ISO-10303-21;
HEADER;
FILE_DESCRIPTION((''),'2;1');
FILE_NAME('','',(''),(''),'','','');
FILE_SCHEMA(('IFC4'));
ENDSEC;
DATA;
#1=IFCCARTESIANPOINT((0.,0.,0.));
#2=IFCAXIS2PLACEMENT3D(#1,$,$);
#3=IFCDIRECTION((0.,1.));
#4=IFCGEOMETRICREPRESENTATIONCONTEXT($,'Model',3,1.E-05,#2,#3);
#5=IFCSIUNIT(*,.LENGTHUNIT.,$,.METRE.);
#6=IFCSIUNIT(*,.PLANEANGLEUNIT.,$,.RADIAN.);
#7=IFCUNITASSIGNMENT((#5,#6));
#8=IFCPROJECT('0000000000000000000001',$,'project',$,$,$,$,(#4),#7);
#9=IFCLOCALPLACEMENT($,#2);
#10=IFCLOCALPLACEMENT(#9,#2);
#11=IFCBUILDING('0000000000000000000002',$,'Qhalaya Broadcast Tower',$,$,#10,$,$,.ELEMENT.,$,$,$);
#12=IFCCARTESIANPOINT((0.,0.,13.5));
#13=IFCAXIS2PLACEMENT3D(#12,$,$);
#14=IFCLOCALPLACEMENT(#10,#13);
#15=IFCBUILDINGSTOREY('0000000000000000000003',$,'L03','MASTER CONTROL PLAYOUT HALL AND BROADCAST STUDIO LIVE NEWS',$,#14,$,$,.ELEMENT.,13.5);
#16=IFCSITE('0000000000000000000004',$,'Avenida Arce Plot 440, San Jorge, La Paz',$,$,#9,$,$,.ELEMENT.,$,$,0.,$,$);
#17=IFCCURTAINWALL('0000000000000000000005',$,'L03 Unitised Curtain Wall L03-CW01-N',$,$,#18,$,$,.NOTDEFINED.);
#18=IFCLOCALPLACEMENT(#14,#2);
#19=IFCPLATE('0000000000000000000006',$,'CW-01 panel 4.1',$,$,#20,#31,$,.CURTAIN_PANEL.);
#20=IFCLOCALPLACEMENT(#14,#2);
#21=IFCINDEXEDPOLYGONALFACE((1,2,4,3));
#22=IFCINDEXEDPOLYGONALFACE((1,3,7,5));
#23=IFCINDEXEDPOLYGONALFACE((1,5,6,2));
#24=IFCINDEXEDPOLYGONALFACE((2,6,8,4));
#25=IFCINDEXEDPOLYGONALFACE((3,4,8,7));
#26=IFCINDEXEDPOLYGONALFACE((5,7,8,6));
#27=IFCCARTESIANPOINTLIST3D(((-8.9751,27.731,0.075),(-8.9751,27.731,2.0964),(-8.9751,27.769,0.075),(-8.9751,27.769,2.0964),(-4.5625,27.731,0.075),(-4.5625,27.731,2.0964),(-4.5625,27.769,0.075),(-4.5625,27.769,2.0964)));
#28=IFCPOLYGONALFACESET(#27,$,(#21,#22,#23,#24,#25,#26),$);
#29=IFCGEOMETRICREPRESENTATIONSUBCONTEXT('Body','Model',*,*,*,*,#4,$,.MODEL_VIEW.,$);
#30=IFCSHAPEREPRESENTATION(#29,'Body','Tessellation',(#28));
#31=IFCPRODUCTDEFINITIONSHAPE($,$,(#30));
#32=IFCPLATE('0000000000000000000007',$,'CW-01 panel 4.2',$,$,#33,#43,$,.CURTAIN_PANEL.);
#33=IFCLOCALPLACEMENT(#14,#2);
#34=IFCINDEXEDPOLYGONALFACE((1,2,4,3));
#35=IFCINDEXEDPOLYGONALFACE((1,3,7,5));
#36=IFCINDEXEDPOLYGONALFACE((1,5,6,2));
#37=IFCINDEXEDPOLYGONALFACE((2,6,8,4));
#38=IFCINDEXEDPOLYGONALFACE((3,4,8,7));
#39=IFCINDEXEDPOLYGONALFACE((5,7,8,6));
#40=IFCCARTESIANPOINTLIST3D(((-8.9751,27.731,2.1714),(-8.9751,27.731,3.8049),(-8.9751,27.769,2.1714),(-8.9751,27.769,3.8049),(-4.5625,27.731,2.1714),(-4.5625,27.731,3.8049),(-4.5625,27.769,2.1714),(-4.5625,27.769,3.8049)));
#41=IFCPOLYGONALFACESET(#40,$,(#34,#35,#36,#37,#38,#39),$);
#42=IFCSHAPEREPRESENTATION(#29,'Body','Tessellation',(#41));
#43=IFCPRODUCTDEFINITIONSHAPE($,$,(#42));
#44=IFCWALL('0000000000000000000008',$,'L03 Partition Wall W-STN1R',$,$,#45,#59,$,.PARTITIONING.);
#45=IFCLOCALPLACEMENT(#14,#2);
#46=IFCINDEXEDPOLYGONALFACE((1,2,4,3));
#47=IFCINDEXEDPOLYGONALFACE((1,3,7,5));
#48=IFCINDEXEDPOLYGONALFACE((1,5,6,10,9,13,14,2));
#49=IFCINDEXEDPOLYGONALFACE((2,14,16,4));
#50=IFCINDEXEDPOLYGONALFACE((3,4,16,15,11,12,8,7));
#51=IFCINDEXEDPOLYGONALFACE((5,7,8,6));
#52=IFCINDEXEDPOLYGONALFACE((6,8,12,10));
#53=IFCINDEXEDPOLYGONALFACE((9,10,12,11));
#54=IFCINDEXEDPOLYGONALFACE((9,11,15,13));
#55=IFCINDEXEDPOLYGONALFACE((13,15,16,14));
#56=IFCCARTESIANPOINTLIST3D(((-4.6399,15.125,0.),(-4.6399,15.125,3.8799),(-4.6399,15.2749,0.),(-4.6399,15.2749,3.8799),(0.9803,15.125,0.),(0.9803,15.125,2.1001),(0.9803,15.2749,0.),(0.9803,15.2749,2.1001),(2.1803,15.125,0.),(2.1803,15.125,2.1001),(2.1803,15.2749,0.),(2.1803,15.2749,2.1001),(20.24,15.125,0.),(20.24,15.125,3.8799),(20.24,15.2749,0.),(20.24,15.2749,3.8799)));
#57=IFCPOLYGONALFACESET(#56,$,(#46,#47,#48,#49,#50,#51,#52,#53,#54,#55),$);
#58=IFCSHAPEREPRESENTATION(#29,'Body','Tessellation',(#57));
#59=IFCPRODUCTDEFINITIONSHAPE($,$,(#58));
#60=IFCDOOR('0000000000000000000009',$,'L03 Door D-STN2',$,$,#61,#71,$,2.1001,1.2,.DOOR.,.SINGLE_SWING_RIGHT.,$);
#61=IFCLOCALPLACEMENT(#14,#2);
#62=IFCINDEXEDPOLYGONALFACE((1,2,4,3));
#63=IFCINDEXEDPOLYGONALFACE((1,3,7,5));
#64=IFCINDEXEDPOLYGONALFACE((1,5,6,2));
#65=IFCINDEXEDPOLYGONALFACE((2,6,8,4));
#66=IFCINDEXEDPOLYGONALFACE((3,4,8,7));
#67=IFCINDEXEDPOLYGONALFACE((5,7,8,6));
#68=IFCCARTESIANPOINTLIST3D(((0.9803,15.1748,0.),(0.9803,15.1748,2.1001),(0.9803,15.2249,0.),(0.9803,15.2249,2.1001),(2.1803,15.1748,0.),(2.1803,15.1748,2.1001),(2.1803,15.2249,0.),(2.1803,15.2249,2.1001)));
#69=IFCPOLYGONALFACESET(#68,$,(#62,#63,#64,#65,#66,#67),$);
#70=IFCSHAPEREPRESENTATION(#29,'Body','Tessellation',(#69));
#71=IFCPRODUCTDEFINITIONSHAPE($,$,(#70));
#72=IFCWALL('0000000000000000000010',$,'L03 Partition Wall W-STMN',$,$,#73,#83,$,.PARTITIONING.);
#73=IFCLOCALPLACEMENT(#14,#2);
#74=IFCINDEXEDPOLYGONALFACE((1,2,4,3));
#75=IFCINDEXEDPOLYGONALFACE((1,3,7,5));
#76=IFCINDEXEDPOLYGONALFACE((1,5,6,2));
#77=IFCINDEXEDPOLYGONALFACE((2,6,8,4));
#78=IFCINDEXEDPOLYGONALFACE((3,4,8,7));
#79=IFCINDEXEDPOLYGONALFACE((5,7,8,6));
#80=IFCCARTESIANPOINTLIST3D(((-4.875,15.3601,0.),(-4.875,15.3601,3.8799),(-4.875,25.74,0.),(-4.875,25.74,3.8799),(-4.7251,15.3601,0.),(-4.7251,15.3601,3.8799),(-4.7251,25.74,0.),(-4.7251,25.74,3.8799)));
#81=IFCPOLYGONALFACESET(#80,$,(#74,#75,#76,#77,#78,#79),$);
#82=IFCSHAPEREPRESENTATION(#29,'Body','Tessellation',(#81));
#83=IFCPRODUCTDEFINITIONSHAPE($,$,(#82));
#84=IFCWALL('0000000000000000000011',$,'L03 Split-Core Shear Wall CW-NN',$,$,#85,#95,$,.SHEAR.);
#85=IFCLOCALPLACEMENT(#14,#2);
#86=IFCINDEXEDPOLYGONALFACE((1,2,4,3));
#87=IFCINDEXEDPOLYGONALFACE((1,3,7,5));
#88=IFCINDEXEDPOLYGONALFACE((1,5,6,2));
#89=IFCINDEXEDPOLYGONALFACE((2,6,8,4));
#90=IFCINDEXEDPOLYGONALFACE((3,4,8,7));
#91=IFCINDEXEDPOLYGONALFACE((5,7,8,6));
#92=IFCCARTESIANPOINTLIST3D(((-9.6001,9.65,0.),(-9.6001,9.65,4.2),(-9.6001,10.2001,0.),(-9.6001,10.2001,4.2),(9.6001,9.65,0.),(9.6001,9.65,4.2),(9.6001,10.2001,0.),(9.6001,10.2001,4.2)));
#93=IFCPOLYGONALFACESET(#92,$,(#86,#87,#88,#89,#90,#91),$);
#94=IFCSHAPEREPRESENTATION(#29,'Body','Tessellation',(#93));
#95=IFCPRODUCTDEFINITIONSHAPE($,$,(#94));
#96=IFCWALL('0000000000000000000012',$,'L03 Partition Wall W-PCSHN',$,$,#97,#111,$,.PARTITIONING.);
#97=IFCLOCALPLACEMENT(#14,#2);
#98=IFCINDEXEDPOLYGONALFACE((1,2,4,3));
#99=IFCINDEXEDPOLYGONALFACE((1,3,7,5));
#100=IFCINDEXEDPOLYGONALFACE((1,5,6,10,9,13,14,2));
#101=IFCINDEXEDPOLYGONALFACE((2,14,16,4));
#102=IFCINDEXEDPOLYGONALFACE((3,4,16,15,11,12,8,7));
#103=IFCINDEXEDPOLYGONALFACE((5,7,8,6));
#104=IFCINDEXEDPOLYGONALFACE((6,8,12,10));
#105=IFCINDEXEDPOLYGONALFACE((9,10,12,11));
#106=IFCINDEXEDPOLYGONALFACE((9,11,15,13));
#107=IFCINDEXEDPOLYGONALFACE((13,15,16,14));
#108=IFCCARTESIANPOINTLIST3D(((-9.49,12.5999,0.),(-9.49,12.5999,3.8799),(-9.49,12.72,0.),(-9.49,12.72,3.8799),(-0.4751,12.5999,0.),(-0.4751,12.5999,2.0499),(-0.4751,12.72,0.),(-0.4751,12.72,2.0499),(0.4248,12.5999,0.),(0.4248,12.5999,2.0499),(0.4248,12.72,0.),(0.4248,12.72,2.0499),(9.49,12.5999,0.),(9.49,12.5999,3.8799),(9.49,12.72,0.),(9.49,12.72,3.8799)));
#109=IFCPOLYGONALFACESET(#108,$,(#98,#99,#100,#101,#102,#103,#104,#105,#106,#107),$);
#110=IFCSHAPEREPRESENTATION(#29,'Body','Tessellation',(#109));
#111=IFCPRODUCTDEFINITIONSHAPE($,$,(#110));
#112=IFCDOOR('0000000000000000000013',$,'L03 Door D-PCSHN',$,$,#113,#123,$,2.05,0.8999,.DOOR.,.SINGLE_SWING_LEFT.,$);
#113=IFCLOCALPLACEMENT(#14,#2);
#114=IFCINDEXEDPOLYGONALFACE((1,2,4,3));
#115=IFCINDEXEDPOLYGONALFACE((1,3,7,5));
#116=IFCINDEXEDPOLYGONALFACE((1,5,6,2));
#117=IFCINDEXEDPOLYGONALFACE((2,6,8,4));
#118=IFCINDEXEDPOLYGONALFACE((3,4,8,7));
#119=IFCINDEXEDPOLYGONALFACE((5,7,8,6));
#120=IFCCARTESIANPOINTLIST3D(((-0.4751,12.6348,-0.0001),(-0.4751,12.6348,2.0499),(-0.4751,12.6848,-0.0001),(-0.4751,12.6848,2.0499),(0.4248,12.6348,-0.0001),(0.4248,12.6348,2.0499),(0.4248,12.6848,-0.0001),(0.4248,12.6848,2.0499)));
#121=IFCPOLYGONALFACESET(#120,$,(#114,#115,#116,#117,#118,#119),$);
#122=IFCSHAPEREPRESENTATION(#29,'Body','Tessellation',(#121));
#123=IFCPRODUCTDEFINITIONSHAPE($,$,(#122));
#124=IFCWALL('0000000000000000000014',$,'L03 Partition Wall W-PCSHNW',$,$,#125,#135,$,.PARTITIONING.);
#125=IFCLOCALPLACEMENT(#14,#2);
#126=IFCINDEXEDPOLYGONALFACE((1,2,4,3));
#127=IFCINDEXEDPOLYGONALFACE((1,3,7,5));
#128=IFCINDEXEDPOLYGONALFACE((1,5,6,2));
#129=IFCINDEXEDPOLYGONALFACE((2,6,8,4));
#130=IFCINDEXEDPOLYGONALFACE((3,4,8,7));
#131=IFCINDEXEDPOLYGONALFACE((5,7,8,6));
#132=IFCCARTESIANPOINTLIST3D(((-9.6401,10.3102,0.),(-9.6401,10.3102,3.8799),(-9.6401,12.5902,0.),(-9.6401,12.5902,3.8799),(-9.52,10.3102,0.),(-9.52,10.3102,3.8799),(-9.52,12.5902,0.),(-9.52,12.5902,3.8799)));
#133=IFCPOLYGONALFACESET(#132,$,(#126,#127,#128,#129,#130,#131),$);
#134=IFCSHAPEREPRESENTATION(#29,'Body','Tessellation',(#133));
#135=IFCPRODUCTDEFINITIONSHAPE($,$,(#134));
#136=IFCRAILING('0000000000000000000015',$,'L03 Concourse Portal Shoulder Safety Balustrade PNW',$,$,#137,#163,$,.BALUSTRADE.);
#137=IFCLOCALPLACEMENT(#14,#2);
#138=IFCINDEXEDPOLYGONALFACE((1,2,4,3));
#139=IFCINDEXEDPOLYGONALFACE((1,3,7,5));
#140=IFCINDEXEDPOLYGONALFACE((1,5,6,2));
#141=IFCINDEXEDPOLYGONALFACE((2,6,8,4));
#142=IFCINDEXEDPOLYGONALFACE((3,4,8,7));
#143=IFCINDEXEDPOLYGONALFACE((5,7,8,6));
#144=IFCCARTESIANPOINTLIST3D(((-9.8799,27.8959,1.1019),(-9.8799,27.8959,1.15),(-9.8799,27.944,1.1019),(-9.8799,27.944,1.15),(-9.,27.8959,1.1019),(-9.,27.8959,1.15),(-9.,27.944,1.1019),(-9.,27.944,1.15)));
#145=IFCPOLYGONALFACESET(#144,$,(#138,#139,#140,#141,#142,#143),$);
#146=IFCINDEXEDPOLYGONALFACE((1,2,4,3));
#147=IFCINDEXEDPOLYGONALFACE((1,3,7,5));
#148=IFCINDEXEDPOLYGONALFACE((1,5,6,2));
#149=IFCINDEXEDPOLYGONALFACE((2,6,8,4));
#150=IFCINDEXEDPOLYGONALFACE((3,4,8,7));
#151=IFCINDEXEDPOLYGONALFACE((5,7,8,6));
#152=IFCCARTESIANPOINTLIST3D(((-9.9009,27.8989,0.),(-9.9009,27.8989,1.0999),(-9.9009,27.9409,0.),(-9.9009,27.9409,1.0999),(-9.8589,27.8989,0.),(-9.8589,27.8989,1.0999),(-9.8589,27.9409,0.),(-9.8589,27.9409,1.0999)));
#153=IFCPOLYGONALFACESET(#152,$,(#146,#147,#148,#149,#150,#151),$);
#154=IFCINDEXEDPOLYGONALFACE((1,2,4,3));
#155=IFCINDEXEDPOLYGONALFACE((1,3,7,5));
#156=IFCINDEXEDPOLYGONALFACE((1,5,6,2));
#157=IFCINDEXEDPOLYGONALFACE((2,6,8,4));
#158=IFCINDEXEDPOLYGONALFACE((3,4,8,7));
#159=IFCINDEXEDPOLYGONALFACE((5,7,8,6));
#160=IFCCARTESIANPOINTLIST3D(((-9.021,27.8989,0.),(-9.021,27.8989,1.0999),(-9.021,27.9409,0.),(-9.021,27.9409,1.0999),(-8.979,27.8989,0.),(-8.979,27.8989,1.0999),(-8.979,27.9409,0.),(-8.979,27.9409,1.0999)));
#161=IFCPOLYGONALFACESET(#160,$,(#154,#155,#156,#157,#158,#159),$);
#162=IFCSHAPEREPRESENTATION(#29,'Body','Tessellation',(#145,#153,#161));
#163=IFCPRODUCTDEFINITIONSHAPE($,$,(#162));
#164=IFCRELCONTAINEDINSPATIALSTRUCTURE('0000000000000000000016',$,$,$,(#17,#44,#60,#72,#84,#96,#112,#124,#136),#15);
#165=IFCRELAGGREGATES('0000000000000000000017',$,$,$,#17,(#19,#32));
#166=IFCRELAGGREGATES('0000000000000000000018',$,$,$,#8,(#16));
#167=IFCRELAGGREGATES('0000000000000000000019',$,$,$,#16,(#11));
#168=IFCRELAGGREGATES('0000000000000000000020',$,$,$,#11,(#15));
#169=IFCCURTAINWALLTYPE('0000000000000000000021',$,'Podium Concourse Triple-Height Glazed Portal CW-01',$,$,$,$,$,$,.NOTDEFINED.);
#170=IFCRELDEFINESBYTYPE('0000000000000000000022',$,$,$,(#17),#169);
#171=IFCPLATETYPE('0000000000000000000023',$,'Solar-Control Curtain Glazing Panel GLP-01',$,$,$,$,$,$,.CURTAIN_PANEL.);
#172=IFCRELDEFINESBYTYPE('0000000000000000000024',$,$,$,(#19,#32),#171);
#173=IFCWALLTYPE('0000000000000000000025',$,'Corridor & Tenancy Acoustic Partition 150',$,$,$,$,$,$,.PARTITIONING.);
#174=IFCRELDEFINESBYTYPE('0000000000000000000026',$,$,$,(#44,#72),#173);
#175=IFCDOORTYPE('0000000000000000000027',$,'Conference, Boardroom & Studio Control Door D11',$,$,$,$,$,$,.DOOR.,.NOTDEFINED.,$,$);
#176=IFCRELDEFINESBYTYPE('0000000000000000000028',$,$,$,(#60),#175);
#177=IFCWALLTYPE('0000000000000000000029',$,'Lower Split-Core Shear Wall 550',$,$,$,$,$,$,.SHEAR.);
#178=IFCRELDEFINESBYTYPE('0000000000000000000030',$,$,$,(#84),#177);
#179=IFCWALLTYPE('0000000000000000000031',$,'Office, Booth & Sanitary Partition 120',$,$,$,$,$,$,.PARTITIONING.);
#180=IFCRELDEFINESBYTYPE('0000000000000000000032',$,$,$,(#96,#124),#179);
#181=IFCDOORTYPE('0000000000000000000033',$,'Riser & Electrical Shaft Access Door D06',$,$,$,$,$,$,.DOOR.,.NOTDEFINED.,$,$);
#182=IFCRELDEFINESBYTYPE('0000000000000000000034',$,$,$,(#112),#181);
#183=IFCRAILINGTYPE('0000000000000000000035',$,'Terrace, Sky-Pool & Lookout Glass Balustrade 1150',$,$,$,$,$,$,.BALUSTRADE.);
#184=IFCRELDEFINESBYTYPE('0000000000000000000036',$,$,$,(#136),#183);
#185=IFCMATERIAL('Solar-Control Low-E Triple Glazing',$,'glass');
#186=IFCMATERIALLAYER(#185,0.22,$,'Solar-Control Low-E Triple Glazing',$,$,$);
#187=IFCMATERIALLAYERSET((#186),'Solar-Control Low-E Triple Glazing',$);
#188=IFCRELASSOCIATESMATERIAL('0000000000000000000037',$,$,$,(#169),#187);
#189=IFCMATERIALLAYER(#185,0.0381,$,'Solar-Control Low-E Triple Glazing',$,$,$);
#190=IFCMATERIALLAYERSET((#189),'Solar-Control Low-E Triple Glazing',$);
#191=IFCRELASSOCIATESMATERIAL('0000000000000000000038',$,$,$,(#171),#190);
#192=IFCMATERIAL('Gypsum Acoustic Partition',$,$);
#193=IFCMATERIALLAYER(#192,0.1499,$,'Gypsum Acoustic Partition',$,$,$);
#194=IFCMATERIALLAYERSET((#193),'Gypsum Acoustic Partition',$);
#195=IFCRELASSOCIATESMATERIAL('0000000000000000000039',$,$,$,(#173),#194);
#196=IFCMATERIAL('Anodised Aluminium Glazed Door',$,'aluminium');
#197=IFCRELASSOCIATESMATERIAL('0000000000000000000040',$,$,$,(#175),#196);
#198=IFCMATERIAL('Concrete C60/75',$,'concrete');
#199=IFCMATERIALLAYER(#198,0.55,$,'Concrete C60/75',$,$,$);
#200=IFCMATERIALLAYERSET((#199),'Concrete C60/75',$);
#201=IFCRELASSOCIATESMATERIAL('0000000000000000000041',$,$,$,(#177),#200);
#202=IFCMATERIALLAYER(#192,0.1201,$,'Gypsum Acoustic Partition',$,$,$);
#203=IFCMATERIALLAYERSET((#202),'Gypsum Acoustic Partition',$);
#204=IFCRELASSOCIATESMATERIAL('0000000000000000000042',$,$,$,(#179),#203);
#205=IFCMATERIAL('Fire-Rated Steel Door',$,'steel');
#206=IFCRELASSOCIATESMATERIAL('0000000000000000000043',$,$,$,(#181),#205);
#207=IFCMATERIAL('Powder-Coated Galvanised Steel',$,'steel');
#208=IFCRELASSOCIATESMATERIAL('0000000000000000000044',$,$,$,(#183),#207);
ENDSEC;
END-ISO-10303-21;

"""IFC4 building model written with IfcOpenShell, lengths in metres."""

from ifc_helpers import new_model, si_unit, direction, frame, frame_2d, origin, origin_2d, place, context, subcontext, project, spatial, rectangle, extrude, material, layer, layer_set, type_object, element, fill, aggregate, save


model = new_model("IFC4")

# Units and contexts
model_context = context("Model", 3, precision=1e-05, world=origin(), true_north=direction((0.0, 1.0)))
body_context = subcontext(model_context, "Body", "Model", "MODEL_VIEW")
ifc_project = project(units=[si_unit("LENGTHUNIT", "METRE"), si_unit("PLANEANGLEUNIT", "RADIAN")], contexts=[model_context])

# Site, building, storey
site_placement = place(None, origin())
site = spatial("IfcSite", under=ifc_project, at=site_placement, Name="Avenida Arce Plot 440, San Jorge, La Paz", CompositionType="ELEMENT", RefElevation=0.0)
building_placement = place(site_placement, origin())
building = spatial("IfcBuilding", under=site, at=building_placement, Name="Qhalaya Broadcast Tower", CompositionType="ELEMENT")
storey_placement = place(building_placement, frame((0.0, 0.0, 13.5)))
storey = spatial("IfcBuildingStorey", under=building, at=storey_placement, Name="L03", Description="MASTER CONTROL PLAYOUT HALL AND BROADCAST STUDIO LIVE NEWS", CompositionType="ELEMENT", Elevation=13.5)

# Shared definitions
ifc_material_1 = material(Name="Concrete C60/75", Category="concrete")

# Curtain wall, plates
ifc_material_2 = material(Name="Solar-Control Low-E Triple Glazing", Category="glass")
ifc_layer_1 = layer(ifc_material_2, 0.22, Name="Solar-Control Low-E Triple Glazing")
ifc_layer_set_1 = layer_set([ifc_layer_1], Name="Solar-Control Low-E Triple Glazing")
curtain_wall_type = type_object("IfcCurtainWallType", Name="Podium Concourse Triple-Height Glazed Portal CW-01", PredefinedType="NOTDEFINED", material=ifc_layer_set_1)
curtain_wall_placement = place(storey_placement, origin())
curtain_wall = element("IfcCurtainWall", 1, at=curtain_wall_placement, inside=storey, type_object=curtain_wall_type, Name="L03 Unitised Curtain Wall L03-CW01-N", PredefinedType="NOTDEFINED")
ifc_layer_2 = layer(ifc_material_2, 0.0381, Name="Solar-Control Low-E Triple Glazing")
ifc_layer_set_2 = layer_set([ifc_layer_2], Name="Solar-Control Low-E Triple Glazing")
plate_type = type_object("IfcPlateType", Name="Solar-Control Curtain Glazing Panel GLP-01", PredefinedType="CURTAIN_PANEL", material=ifc_layer_set_2)
plate_1_placement = place(storey_placement, frame((-6.7688, 27.75, 0.075), z_axis=(0.0, 0.0, 1.0), x_axis=(-1.0, 0.0, 0.0)))
plate_1 = element("IfcPlate", 2, at=plate_1_placement, type_object=plate_type, Name="CW-01 panel 4.1", PredefinedType="CURTAIN_PANEL", context=body_context, shape_type="SweptSolid", body=[
    extrude(rectangle(XDim=4.4126, YDim=0.0381, at=origin_2d()), origin(), (0.0, 0.0, 1.0), 2.0215),
])
plate_2_placement = place(storey_placement, frame((-6.7688, 27.75, 2.1714), z_axis=(0.0, 0.0, 1.0), x_axis=(-1.0, 0.0, 0.0)))
plate_2 = element("IfcPlate", 3, at=plate_2_placement, type_object=plate_type, Name="CW-01 panel 4.2", PredefinedType="CURTAIN_PANEL", context=body_context, shape_type="SweptSolid", body=[
    extrude(rectangle(XDim=4.4126, YDim=0.0381, at=origin_2d()), origin(), (0.0, 0.0, 1.0), 1.6335),
])
aggregate(curtain_wall, [plate_1, plate_2])

# Wall, opening, door
ifc_material_3 = material(Name="Gypsum Acoustic Partition")
ifc_layer_3 = layer(ifc_material_3, 0.1499, Name="Gypsum Acoustic Partition")
ifc_layer_set_3 = layer_set([ifc_layer_3], Name="Gypsum Acoustic Partition")
wall_type_1 = type_object("IfcWallType", Name="Corridor & Tenancy Acoustic Partition 150", PredefinedType="PARTITIONING", material=ifc_layer_set_3)
wall_1_placement = place(storey_placement, frame((-4.6399, 15.2, 0.0), z_axis=(0.0, 0.0, 1.0), x_axis=(1.0, 0.0, 0.0)))
wall_1 = element("IfcWall", 4, at=wall_1_placement, inside=storey, type_object=wall_type_1, Name="L03 Partition Wall W-STN1R", PredefinedType="PARTITIONING", context=body_context, shape_type="SweptSolid", body=[
    extrude(rectangle(XDim=24.8799, YDim=0.1499, at=frame_2d((12.4399, 0.0))), origin(), (0.0, 0.0, 1.0), 3.8799),
])
opening_1_placement = place(wall_1_placement, frame((5.6201, 0.0, 0.0)))
opening_1 = element("IfcOpeningElement", 5, at=opening_1_placement, cuts=wall_1, PredefinedType="OPENING", context=body_context, shape_type="SweptSolid", body=[
    extrude(rectangle(XDim=1.2, YDim=2.1001, at=frame_2d((0.6001, 1.05))), frame((0.0, 0.0869, 0.0), z_axis=(0.0, -1.0, 0.0), x_axis=(1.0, 0.0, 0.0)), (0.0, 0.0, 1.0), 0.1738),
])
ifc_material_4 = material(Name="Anodised Aluminium Glazed Door", Category="aluminium")
door_type_1 = type_object("IfcDoorType", Name="Conference, Boardroom & Studio Control Door D11", OperationType="NOTDEFINED", PredefinedType="DOOR", material=ifc_material_4)
door_1_placement = place(opening_1_placement, origin())
door_1 = element("IfcDoor", 6, at=door_1_placement, inside=storey, type_object=door_type_1, Name="L03 Door D-STN2", OperationType="SINGLE_SWING_RIGHT", OverallHeight=2.1001, OverallWidth=1.2, PredefinedType="DOOR", context=body_context, shape_type="SweptSolid", body=[
    extrude(rectangle(XDim=1.2, YDim=2.1001, at=frame_2d((0.6001, 1.05))), frame((0.0, 0.0249, 0.0), z_axis=(0.0, -1.0, 0.0), x_axis=(1.0, 0.0, 0.0)), (0.0, 0.0, 1.0), 0.05),
])
fill(opening_1, door_1)

# Walls
wall_2_placement = place(storey_placement, frame((-4.8, 15.3601, 0.0), z_axis=(0.0, 0.0, 1.0), x_axis=(0.0, 1.0, 0.0)))
element("IfcWall", 7, at=wall_2_placement, inside=storey, type_object=wall_type_1, Name="L03 Partition Wall W-STMN", PredefinedType="PARTITIONING", context=body_context, shape_type="SweptSolid", body=[
    extrude(rectangle(XDim=10.3799, YDim=0.1499, at=frame_2d((5.1899, 0.0))), origin(), (0.0, 0.0, 1.0), 3.8799),
])
ifc_layer_4 = layer(ifc_material_1, 0.55, Name="Concrete C60/75")
ifc_layer_set_4 = layer_set([ifc_layer_4], Name="Concrete C60/75")
wall_type_2 = type_object("IfcWallType", Name="Lower Split-Core Shear Wall 550", PredefinedType="SHEAR", material=ifc_layer_set_4)
wall_3_placement = place(storey_placement, frame((-9.6001, 9.925, 0.0), z_axis=(0.0, 0.0, 1.0), x_axis=(1.0, 0.0, 0.0)))
element("IfcWall", 8, at=wall_3_placement, inside=storey, type_object=wall_type_2, Name="L03 Split-Core Shear Wall CW-NN", PredefinedType="SHEAR", context=body_context, shape_type="SweptSolid", body=[
    extrude(rectangle(XDim=19.2002, YDim=0.55, at=frame_2d((9.6001, 0.0))), origin(), (0.0, 0.0, 1.0), 4.2),
])

# Wall, opening, door
ifc_layer_5 = layer(ifc_material_3, 0.1201, Name="Gypsum Acoustic Partition")
ifc_layer_set_5 = layer_set([ifc_layer_5], Name="Gypsum Acoustic Partition")
wall_type_3 = type_object("IfcWallType", Name="Office, Booth & Sanitary Partition 120", PredefinedType="PARTITIONING", material=ifc_layer_set_5)
wall_4_placement = place(storey_placement, frame((-9.49, 12.6599, 0.0), z_axis=(0.0, 0.0, 1.0), x_axis=(1.0, 0.0, 0.0)))
wall_4 = element("IfcWall", 9, at=wall_4_placement, inside=storey, type_object=wall_type_3, Name="L03 Partition Wall W-PCSHN", PredefinedType="PARTITIONING", context=body_context, shape_type="SweptSolid", body=[
    extrude(rectangle(XDim=18.98, YDim=0.1201, at=frame_2d((9.49, 0.0))), origin(), (0.0, 0.0, 1.0), 3.8799),
])
opening_2_placement = place(wall_4_placement, frame((9.0149, 0.0, 0.0)))
opening_2 = element("IfcOpeningElement", 10, at=opening_2_placement, cuts=wall_4, PredefinedType="OPENING", context=body_context, shape_type="SweptSolid", body=[
    extrude(rectangle(XDim=0.8999, YDim=2.05, at=frame_2d((0.45, 1.0249))), frame((0.0, 0.072, 0.0), z_axis=(0.0, -1.0, 0.0), x_axis=(1.0, 0.0, 0.0)), (0.0, 0.0, 1.0), 0.144),
])
ifc_material_5 = material(Name="Fire-Rated Steel Door", Category="steel")
door_type_2 = type_object("IfcDoorType", Name="Riser & Electrical Shaft Access Door D06", OperationType="NOTDEFINED", PredefinedType="DOOR", material=ifc_material_5)
door_2_placement = place(opening_2_placement, origin())
door_2 = element("IfcDoor", 11, at=door_2_placement, inside=storey, type_object=door_type_2, Name="L03 Door D-PCSHN", OperationType="SINGLE_SWING_LEFT", OverallHeight=2.05, OverallWidth=0.8999, PredefinedType="DOOR", context=body_context, shape_type="SweptSolid", body=[
    extrude(rectangle(XDim=0.8999, YDim=2.05, at=frame_2d((0.45, 1.0249))), frame((0.0, 0.0249, 0.0), z_axis=(0.0, -1.0, 0.0), x_axis=(1.0, 0.0, 0.0)), (0.0, 0.0, 1.0), 0.05),
])
fill(opening_2, door_2)

# Wall
wall_5_placement = place(storey_placement, frame((-9.5801, 10.3101, 0.0), z_axis=(0.0, 0.0, 1.0), x_axis=(0.0, 1.0, 0.0)))
element("IfcWall", 12, at=wall_5_placement, inside=storey, type_object=wall_type_3, Name="L03 Partition Wall W-PCSHNW", PredefinedType="PARTITIONING", context=body_context, shape_type="SweptSolid", body=[
    extrude(rectangle(XDim=2.28, YDim=0.1201, at=frame_2d((1.1401, 0.0))), origin(), (0.0, 0.0, 1.0), 3.8799),
])

# Railing
ifc_material_6 = material(Name="Powder-Coated Galvanised Steel", Category="steel")
railing_type = type_object("IfcRailingType", Name="Terrace, Sky-Pool & Lookout Glass Balustrade 1150", PredefinedType="BALUSTRADE", material=ifc_material_6)
railing_placement = place(storey_placement, frame((-9.8799, 27.9199, 0.0)))
element("IfcRailing", 13, at=railing_placement, inside=storey, type_object=railing_type, Name="L03 Concourse Portal Shoulder Safety Balustrade PNW", PredefinedType="BALUSTRADE", context=body_context, shape_type="SweptSolid", body=[
    extrude(rectangle(XDim=0.0481, YDim=0.0481, at=origin_2d()), frame((0.0, 0.0, 1.126), z_axis=(1.0, 0.0, 0.0), x_axis=(0.0, 1.0, 0.0)), (0.0, 0.0, 1.0), 0.8799),
    extrude(rectangle(XDim=0.042, YDim=0.042, at=origin_2d()), origin(), (0.0, 0.0, 1.0), 1.0999),
    extrude(rectangle(XDim=0.042, YDim=0.042, at=origin_2d()), frame((0.8799, 0.0, 0.0)), (0.0, 0.0, 1.0), 1.0999),
])

save(model, "model.ifc")
